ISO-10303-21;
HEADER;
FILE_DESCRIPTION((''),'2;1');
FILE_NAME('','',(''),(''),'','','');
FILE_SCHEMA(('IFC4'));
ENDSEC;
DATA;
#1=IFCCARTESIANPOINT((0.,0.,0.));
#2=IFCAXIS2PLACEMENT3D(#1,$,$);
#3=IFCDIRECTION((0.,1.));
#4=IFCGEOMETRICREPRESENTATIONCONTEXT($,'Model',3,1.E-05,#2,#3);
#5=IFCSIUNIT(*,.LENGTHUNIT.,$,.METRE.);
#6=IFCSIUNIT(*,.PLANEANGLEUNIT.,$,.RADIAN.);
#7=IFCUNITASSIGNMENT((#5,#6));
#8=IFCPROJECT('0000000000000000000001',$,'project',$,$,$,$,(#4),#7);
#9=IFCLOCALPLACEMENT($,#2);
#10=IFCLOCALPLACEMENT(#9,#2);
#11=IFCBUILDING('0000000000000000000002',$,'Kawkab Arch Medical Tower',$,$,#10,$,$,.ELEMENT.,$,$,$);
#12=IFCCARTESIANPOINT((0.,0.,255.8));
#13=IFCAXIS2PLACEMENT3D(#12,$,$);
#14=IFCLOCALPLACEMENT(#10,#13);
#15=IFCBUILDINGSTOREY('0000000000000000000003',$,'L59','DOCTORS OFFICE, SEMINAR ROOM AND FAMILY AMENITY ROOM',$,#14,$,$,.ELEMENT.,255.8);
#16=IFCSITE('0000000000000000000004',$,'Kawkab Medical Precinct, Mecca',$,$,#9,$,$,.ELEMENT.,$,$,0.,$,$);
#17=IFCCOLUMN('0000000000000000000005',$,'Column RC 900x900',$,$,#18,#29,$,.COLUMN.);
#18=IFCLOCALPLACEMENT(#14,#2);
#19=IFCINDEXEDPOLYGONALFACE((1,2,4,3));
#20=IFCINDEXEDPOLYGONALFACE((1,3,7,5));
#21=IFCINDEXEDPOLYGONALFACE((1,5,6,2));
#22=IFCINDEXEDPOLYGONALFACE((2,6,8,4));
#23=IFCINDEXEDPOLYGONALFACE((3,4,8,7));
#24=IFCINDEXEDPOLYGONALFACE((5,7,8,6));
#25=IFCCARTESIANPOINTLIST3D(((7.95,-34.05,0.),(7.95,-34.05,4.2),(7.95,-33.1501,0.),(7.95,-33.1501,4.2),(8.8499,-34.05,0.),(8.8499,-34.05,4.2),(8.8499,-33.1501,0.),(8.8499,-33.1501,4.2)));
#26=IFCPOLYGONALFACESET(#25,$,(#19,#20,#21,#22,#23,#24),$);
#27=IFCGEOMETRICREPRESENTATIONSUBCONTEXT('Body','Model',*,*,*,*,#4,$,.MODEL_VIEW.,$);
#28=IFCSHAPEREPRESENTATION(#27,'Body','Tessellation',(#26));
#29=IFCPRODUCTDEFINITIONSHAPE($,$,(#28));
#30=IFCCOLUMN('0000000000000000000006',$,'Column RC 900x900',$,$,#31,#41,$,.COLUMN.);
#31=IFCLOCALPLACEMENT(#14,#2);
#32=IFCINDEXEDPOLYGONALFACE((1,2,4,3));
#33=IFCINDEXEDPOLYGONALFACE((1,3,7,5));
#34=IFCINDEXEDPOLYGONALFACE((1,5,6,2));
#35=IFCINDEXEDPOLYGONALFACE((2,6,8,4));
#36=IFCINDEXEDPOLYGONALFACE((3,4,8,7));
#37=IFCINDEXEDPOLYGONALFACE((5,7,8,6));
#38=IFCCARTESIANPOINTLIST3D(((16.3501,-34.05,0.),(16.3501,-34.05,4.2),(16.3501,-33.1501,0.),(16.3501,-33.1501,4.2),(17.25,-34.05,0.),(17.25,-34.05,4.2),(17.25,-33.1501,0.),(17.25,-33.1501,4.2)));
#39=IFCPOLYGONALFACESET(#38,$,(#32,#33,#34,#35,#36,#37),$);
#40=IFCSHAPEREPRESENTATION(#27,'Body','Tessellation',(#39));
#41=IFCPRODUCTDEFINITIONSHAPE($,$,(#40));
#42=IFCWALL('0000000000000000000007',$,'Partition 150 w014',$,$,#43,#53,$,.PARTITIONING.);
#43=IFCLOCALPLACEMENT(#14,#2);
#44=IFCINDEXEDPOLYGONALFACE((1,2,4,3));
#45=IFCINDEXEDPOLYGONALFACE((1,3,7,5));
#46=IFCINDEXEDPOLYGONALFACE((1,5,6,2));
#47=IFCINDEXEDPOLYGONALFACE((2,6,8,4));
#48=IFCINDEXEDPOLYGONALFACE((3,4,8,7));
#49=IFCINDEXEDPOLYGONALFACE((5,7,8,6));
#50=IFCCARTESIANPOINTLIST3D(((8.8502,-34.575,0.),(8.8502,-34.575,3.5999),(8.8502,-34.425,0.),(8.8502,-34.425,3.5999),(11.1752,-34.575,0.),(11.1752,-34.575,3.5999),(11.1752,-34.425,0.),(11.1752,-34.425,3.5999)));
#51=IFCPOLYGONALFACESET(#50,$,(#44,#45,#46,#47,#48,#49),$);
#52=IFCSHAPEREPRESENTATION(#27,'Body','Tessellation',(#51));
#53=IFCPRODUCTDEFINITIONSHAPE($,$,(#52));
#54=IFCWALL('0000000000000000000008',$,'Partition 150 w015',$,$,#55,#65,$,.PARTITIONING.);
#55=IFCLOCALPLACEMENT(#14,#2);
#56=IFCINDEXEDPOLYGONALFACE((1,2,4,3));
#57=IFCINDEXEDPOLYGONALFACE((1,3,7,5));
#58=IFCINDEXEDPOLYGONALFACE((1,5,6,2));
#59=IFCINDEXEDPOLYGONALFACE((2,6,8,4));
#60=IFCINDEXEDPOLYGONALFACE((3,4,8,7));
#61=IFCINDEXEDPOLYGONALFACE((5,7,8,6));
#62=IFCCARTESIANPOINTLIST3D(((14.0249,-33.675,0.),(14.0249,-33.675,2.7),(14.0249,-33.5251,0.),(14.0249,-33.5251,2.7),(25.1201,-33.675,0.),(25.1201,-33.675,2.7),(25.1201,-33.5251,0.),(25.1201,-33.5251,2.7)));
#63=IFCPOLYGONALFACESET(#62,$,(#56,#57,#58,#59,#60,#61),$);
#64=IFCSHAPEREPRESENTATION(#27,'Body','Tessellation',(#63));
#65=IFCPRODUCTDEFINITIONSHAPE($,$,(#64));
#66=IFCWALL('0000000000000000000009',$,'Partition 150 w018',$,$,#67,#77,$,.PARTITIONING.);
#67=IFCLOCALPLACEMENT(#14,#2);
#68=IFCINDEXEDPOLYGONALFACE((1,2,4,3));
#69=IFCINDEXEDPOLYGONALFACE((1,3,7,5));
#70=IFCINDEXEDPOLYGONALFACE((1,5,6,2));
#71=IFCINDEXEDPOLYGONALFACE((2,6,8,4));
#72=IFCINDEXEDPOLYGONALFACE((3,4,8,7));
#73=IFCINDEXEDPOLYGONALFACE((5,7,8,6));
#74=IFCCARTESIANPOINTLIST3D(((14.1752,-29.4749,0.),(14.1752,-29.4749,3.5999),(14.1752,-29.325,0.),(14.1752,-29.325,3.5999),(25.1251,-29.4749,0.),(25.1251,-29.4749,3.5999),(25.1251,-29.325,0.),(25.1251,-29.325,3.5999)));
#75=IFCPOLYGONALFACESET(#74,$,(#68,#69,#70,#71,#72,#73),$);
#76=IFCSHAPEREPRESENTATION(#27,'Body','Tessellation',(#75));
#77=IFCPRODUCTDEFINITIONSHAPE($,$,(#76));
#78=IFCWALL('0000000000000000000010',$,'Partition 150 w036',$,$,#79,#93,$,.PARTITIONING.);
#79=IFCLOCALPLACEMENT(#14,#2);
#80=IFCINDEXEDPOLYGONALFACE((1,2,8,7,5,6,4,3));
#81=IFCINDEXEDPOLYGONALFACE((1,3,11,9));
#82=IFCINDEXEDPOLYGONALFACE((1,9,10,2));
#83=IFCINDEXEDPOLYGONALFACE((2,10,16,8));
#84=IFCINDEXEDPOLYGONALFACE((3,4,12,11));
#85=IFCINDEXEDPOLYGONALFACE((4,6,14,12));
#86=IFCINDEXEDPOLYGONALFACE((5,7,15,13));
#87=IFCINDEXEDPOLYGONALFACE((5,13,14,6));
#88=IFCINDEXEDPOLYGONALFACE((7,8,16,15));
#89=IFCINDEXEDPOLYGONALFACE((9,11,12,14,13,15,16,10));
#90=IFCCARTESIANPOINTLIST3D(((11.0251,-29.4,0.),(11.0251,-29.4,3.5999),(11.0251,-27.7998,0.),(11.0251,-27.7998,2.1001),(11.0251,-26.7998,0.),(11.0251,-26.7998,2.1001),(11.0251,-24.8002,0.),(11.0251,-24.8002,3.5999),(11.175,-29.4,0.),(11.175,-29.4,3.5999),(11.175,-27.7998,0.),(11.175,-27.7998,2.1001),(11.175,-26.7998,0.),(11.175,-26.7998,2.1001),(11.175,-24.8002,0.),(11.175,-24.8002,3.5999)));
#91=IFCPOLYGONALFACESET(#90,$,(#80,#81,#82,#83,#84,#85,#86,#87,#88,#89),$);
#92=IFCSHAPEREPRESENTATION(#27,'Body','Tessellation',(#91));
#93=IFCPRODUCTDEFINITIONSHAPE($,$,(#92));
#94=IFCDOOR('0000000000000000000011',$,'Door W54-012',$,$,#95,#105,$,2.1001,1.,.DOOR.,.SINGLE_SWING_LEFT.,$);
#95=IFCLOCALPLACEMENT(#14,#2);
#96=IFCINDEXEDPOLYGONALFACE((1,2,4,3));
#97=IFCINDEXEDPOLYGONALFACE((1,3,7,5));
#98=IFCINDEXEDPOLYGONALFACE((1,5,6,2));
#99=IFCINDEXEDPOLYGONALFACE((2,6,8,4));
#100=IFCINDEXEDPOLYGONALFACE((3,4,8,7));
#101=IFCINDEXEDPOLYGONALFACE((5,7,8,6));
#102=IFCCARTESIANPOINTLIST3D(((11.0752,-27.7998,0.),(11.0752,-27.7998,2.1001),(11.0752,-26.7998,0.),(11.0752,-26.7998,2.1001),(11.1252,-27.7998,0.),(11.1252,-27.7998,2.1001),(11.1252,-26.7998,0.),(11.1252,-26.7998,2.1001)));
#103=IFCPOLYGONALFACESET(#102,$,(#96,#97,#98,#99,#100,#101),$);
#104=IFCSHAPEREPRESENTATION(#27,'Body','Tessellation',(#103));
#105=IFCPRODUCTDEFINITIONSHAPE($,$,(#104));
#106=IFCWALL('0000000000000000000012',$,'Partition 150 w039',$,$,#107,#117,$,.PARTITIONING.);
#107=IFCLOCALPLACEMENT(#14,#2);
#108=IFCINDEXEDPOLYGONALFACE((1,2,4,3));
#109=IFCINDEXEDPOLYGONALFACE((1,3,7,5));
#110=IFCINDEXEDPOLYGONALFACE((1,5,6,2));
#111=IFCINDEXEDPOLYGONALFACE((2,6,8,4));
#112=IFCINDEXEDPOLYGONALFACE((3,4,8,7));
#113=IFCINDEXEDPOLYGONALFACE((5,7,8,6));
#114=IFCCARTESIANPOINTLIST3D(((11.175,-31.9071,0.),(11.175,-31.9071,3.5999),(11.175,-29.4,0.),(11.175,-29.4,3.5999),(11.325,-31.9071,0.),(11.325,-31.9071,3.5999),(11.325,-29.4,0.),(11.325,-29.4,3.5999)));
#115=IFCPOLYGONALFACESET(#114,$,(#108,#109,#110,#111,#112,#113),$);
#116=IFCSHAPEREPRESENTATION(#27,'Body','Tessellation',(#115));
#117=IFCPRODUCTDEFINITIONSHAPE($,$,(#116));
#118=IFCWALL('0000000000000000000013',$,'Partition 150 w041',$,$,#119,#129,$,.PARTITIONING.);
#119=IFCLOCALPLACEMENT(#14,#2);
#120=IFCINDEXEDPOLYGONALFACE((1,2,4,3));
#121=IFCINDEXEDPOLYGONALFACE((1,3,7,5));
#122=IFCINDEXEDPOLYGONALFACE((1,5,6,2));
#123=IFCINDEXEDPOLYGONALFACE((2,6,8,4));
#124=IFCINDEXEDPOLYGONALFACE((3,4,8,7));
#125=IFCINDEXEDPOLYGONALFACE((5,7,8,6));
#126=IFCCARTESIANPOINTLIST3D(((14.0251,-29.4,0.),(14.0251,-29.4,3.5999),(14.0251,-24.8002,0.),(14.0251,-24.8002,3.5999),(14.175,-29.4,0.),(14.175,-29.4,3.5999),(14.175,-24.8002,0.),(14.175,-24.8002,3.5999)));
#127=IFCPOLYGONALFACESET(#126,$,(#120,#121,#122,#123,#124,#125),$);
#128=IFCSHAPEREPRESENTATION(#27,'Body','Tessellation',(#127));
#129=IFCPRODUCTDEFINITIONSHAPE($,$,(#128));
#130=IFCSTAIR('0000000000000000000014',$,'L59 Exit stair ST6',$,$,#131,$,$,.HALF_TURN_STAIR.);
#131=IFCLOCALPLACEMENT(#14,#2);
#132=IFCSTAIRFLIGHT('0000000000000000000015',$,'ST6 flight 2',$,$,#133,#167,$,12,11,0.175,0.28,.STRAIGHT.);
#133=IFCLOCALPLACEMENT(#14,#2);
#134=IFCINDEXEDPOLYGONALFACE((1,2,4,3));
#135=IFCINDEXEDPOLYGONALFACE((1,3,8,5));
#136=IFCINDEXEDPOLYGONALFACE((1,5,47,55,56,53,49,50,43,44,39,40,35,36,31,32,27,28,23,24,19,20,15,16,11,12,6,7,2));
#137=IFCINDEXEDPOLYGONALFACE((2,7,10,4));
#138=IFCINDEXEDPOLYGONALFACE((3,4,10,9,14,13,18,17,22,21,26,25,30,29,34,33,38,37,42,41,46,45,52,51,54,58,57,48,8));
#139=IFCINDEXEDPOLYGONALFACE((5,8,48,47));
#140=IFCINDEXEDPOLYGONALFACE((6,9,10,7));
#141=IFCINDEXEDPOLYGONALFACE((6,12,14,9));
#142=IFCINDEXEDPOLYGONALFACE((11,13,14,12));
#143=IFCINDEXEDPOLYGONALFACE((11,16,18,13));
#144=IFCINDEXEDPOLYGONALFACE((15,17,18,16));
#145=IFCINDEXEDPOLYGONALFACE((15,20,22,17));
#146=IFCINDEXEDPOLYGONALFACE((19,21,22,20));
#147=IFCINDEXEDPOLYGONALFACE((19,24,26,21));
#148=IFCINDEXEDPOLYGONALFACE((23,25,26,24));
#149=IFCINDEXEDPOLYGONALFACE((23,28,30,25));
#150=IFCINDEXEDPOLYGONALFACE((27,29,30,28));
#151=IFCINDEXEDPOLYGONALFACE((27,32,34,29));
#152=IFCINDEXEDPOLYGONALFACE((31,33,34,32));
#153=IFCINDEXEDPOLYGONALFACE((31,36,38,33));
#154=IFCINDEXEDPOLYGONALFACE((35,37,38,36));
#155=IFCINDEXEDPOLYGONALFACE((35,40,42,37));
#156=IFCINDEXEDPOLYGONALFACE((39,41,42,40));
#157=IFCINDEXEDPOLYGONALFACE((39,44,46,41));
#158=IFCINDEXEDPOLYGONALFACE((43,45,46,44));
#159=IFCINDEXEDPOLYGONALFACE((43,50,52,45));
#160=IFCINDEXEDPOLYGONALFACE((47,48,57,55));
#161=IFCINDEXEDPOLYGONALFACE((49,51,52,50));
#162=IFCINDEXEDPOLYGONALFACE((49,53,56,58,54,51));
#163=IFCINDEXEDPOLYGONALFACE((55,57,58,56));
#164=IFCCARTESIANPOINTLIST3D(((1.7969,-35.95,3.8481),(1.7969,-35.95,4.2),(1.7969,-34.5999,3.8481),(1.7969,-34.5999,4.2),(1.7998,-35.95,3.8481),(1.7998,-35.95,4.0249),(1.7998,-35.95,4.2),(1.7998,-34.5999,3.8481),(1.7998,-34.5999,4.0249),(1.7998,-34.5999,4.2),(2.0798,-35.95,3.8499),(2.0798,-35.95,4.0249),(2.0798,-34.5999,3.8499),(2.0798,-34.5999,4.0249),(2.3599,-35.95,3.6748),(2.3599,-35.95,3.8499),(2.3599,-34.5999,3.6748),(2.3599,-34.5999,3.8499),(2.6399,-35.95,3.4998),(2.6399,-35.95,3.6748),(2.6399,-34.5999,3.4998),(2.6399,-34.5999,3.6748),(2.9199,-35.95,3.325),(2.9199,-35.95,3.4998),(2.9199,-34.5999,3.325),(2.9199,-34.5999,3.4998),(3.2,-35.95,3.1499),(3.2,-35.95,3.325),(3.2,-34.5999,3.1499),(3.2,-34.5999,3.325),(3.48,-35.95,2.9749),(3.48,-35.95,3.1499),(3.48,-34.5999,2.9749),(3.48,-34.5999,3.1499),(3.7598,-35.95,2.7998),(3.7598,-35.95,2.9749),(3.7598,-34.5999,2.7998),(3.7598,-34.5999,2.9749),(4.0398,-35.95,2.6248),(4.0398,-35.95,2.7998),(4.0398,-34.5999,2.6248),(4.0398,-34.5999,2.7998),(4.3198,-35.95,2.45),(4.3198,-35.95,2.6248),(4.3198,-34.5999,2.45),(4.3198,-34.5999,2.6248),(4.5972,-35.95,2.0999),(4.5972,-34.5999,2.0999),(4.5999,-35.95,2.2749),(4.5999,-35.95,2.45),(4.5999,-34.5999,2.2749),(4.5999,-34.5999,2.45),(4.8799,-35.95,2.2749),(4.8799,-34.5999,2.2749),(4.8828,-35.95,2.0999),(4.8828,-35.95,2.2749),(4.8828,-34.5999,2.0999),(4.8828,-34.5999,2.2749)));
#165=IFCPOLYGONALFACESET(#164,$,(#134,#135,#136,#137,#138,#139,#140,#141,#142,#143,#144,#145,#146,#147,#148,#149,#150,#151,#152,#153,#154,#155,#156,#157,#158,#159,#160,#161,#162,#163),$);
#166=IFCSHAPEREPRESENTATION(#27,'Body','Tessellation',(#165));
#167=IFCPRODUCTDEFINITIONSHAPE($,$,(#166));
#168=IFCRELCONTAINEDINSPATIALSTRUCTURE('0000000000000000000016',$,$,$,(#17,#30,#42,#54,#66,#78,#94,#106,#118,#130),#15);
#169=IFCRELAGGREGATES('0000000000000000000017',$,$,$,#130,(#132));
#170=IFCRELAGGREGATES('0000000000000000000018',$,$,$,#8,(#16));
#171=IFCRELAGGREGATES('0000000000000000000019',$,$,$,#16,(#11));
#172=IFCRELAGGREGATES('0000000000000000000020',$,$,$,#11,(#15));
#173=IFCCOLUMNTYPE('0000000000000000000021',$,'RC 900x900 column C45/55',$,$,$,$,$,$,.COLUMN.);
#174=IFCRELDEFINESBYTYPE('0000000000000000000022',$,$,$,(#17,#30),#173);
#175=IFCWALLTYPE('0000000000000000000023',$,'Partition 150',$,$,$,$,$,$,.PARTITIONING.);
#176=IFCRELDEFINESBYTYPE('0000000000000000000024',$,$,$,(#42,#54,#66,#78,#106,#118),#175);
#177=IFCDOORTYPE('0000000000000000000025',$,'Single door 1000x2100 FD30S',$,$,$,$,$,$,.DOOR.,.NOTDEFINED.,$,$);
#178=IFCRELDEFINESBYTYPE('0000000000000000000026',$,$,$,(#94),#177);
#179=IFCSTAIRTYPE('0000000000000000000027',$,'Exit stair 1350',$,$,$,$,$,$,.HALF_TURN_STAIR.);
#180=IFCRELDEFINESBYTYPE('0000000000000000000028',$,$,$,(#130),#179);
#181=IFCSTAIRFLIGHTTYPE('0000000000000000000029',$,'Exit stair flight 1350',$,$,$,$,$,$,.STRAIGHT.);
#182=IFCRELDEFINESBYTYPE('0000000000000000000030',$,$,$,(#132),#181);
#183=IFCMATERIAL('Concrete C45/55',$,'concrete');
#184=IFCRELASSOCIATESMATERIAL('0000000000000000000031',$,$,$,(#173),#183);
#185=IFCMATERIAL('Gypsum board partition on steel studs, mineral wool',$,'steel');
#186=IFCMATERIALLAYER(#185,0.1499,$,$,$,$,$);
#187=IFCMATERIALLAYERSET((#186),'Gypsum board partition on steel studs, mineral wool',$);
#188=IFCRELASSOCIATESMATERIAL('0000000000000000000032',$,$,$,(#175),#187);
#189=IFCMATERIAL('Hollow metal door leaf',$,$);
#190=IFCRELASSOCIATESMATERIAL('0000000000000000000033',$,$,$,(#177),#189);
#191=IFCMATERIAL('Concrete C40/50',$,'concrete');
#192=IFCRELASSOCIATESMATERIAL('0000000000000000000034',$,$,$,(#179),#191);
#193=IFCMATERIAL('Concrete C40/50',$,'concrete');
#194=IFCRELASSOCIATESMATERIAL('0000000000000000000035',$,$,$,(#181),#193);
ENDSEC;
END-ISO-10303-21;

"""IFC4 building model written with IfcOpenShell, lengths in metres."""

from ifc_helpers import new_model, si_unit, direction, frame, frame_2d, origin, origin_2d, place, context, subcontext, project, spatial, polyline, rectangle, outline, extrude, material, layer, layer_set, material_profile, profile_set, type_object, element, fill, aggregate, save


model = new_model("IFC4")

# Units and contexts
model_context = context("Model", 3, precision=1e-05, world=origin(), true_north=direction((0.0, 1.0)))
body_context = subcontext(model_context, "Body", "Model", "MODEL_VIEW")
ifc_project = project(units=[si_unit("LENGTHUNIT", "METRE"), si_unit("PLANEANGLEUNIT", "RADIAN")], contexts=[model_context])

# Site, building, storey
site_placement = place(None, origin())
site = spatial("IfcSite", under=ifc_project, at=site_placement, Name="Kawkab Medical Precinct, Mecca", CompositionType="ELEMENT", RefElevation=0.0)
building_placement = place(site_placement, origin())
building = spatial("IfcBuilding", under=site, at=building_placement, Name="Kawkab Arch Medical Tower", CompositionType="ELEMENT")
storey_placement = place(building_placement, frame((0.0, 0.0, 255.8)))
storey = spatial("IfcBuildingStorey", under=building, at=storey_placement, Name="L59", Description="DOCTORS OFFICE, SEMINAR ROOM AND FAMILY AMENITY ROOM", CompositionType="ELEMENT", Elevation=255.8)

# Columns
ifc_material_1 = material(Name="Concrete C45/55", Category="concrete")
ifc_material_profile = material_profile(ifc_material_1, rectangle(XDim=0.8999, YDim=0.8999, at=origin_2d()), Name="RC 900x900")
ifc_profile_set = profile_set([ifc_material_profile], Name="Concrete C45/55")
column_type = type_object("IfcColumnType", Name="RC 900x900 column C45/55", PredefinedType="COLUMN", material=ifc_profile_set)
for number, where, z_axis, x_axis, name in (
    (1, (8.3999, -33.6001, 0.0), (0.0, 0.0, 1.0), (1.0, 0.0, 0.0), "Column RC 900x900"),
    (2, (16.8, -33.6001, 0.0), (0.0, 0.0, 1.0), (1.0, 0.0, 0.0), "Column RC 900x900"),
):
    element("IfcColumn", number, at=place(storey_placement, frame(where, z_axis=z_axis, x_axis=x_axis)), inside=storey, type_object=column_type, Name=name, PredefinedType="COLUMN", context=body_context, shape_type="SweptSolid", body=[
        extrude(rectangle(XDim=0.8999, YDim=0.8999, at=origin_2d()), origin(), (0.0, 0.0, 1.0), 4.2),
    ])

# Walls
ifc_material_2 = material(Name="Gypsum board partition on steel studs, mineral wool", Category="steel")
ifc_layer = layer(ifc_material_2, 0.1499)
ifc_layer_set = layer_set([ifc_layer], Name="Gypsum board partition on steel studs, mineral wool")
wall_type = type_object("IfcWallType", Name="Partition 150", PredefinedType="PARTITIONING", material=ifc_layer_set)
wall_1_placement = place(storey_placement, frame((8.8501, -34.5, 0.0), z_axis=(0.0, 0.0, 1.0), x_axis=(1.0, 0.0, 0.0)))
element("IfcWall", 3, at=wall_1_placement, inside=storey, type_object=wall_type, Name="Partition 150 w014", PredefinedType="PARTITIONING", context=body_context, shape_type="SweptSolid", body=[
    extrude(rectangle(XDim=2.325, YDim=0.1499, at=frame_2d((1.1626, 0.0))), origin(), (0.0, 0.0, 1.0), 3.5999),
])
wall_2_placement = place(storey_placement, frame((14.0249, -33.6001, 0.0), z_axis=(0.0, 0.0, 1.0), x_axis=(1.0, 0.0, 0.0)))
element("IfcWall", 4, at=wall_2_placement, inside=storey, type_object=wall_type, Name="Partition 150 w015", PredefinedType="PARTITIONING", context=body_context, shape_type="SweptSolid", body=[
    extrude(rectangle(XDim=11.0952, YDim=0.1499, at=frame_2d((5.5476, 0.0))), origin(), (0.0, 0.0, 1.0), 2.7),
])
wall_3_placement = place(storey_placement, frame((14.175, -29.3999, 0.0), z_axis=(0.0, 0.0, 1.0), x_axis=(1.0, 0.0, 0.0)))
element("IfcWall", 5, at=wall_3_placement, inside=storey, type_object=wall_type, Name="Partition 150 w018", PredefinedType="PARTITIONING", context=body_context, shape_type="SweptSolid", body=[
    extrude(rectangle(XDim=10.95, YDim=0.1499, at=frame_2d((5.4751, 0.0))), origin(), (0.0, 0.0, 1.0), 3.5999),
])

# Wall, opening, door
wall_4_placement = place(storey_placement, frame((11.1001, -29.3999, 0.0), z_axis=(0.0, 0.0, 1.0), x_axis=(0.0, 1.0, 0.0)))
wall_4 = element("IfcWall", 6, at=wall_4_placement, inside=storey, type_object=wall_type, Name="Partition 150 w036", PredefinedType="PARTITIONING", context=body_context, shape_type="SweptSolid", body=[
    extrude(rectangle(XDim=4.5999, YDim=0.1499, at=frame_2d((2.2998, 0.0))), origin(), (0.0, 0.0, 1.0), 3.5999),
])
opening_placement = place(wall_4_placement, frame((1.6001, 0.0, 0.0)))
opening = element("IfcOpeningElement", 7, at=opening_placement, cuts=wall_4, PredefinedType="OPENING", context=body_context, shape_type="SweptSolid", body=[
    extrude(rectangle(XDim=1.0, YDim=2.1001, at=frame_2d((0.5, 1.05))), frame((0.0, 0.085, 0.0), z_axis=(0.0, -1.0, 0.0), x_axis=(1.0, 0.0, 0.0)), (0.0, 0.0, 1.0), 0.1699),
])
ifc_material_3 = material(Name="Hollow metal door leaf")
door_type = type_object("IfcDoorType", Name="Single door 1000x2100 FD30S", OperationType="NOTDEFINED", PredefinedType="DOOR", material=ifc_material_3)
door_placement = place(opening_placement, origin())
door = element("IfcDoor", 8, at=door_placement, inside=storey, type_object=door_type, Name="Door W54-012", OperationType="SINGLE_SWING_LEFT", OverallHeight=2.1001, OverallWidth=1.0, PredefinedType="DOOR", context=body_context, shape_type="SweptSolid", body=[
    extrude(rectangle(XDim=1.0, YDim=2.1001, at=frame_2d((0.5, 1.05))), frame((0.0, 0.0249, 0.0), z_axis=(0.0, -1.0, 0.0), x_axis=(1.0, 0.0, 0.0)), (0.0, 0.0, 1.0), 0.05),
])
fill(opening, door)

# Walls
wall_5_placement = place(storey_placement, frame((11.25, -31.907, 0.0), z_axis=(0.0, 0.0, 1.0), x_axis=(0.0, 1.0, 0.0)))
element("IfcWall", 9, at=wall_5_placement, inside=storey, type_object=wall_type, Name="Partition 150 w039", PredefinedType="PARTITIONING", context=body_context, shape_type="SweptSolid", body=[
    extrude(rectangle(XDim=2.5071, YDim=0.1499, at=frame_2d((1.2534, 0.0))), origin(), (0.0, 0.0, 1.0), 3.5999),
])
wall_6_placement = place(storey_placement, frame((14.1001, -29.3999, 0.0), z_axis=(0.0, 0.0, 1.0), x_axis=(0.0, 1.0, 0.0)))
element("IfcWall", 10, at=wall_6_placement, inside=storey, type_object=wall_type, Name="Partition 150 w041", PredefinedType="PARTITIONING", context=body_context, shape_type="SweptSolid", body=[
    extrude(rectangle(XDim=4.5999, YDim=0.1499, at=frame_2d((2.2998, 0.0))), origin(), (0.0, 0.0, 1.0), 3.5999),
])

# Stair, stair flight
ifc_material_4 = material(Name="Concrete C40/50", Category="concrete")
stair_type = type_object("IfcStairType", Name="Exit stair 1350", PredefinedType="HALF_TURN_STAIR", material=ifc_material_4)
stair_placement = place(storey_placement, origin())
stair = element("IfcStair", 11, at=stair_placement, inside=storey, type_object=stair_type, Name="L59 Exit stair ST6", PredefinedType="HALF_TURN_STAIR")
ifc_material_5 = material(Name="Concrete C40/50", Category="concrete")
stair_flight_type = type_object("IfcStairFlightType", Name="Exit stair flight 1350", PredefinedType="STRAIGHT", material=ifc_material_5)
stair_flight_placement = place(storey_placement, frame((4.8799, -35.2749, 2.0999), z_axis=(0.0, 0.0, 1.0), x_axis=(-1.0, 0.0, 0.0)))
stair_flight = element("IfcStairFlight", 12, at=stair_flight_placement, type_object=stair_flight_type, Name="ST6 flight 2", NumberOfRisers=12, NumberOfTreads=11, PredefinedType="STRAIGHT", RiserHeight=0.175, TreadLength=0.28, context=body_context, shape_type="SweptSolid", body=[
    extrude(outline(polyline([(-0.0029, 0.0), (-0.0029, 0.175), (0.0, 0.175), (0.28, 0.175), (0.28, 0.3501), (0.5601, 0.3501), (0.5601, 0.5249), (0.8401, 0.5249), (0.8401, 0.7), (1.1201, 0.7), (1.1201, 0.875), (1.3999, 0.875), (1.3999, 1.05), (1.6799, 1.05), (1.6799, 1.2251), (1.96, 1.2251), (1.96, 1.3999), (2.24, 1.3999), (2.24, 1.575), (2.52, 1.575), (2.52, 1.75), (2.8, 1.75), (2.8, 1.925), (3.0801, 1.925), (3.0801, 2.1001), (3.083, 2.1001), (3.083, 1.7483), (3.0801, 1.7483), (0.2827, 0.0), (-0.0029, 0.0)])), frame((0.0, 0.675, 0.0), z_axis=(0.0, -1.0, 0.0), x_axis=(1.0, 0.0, 0.0)), (0.0, 0.0, 1.0), 1.3501),
])
aggregate(stair, [stair_flight])

save(model, "model.ifc")
